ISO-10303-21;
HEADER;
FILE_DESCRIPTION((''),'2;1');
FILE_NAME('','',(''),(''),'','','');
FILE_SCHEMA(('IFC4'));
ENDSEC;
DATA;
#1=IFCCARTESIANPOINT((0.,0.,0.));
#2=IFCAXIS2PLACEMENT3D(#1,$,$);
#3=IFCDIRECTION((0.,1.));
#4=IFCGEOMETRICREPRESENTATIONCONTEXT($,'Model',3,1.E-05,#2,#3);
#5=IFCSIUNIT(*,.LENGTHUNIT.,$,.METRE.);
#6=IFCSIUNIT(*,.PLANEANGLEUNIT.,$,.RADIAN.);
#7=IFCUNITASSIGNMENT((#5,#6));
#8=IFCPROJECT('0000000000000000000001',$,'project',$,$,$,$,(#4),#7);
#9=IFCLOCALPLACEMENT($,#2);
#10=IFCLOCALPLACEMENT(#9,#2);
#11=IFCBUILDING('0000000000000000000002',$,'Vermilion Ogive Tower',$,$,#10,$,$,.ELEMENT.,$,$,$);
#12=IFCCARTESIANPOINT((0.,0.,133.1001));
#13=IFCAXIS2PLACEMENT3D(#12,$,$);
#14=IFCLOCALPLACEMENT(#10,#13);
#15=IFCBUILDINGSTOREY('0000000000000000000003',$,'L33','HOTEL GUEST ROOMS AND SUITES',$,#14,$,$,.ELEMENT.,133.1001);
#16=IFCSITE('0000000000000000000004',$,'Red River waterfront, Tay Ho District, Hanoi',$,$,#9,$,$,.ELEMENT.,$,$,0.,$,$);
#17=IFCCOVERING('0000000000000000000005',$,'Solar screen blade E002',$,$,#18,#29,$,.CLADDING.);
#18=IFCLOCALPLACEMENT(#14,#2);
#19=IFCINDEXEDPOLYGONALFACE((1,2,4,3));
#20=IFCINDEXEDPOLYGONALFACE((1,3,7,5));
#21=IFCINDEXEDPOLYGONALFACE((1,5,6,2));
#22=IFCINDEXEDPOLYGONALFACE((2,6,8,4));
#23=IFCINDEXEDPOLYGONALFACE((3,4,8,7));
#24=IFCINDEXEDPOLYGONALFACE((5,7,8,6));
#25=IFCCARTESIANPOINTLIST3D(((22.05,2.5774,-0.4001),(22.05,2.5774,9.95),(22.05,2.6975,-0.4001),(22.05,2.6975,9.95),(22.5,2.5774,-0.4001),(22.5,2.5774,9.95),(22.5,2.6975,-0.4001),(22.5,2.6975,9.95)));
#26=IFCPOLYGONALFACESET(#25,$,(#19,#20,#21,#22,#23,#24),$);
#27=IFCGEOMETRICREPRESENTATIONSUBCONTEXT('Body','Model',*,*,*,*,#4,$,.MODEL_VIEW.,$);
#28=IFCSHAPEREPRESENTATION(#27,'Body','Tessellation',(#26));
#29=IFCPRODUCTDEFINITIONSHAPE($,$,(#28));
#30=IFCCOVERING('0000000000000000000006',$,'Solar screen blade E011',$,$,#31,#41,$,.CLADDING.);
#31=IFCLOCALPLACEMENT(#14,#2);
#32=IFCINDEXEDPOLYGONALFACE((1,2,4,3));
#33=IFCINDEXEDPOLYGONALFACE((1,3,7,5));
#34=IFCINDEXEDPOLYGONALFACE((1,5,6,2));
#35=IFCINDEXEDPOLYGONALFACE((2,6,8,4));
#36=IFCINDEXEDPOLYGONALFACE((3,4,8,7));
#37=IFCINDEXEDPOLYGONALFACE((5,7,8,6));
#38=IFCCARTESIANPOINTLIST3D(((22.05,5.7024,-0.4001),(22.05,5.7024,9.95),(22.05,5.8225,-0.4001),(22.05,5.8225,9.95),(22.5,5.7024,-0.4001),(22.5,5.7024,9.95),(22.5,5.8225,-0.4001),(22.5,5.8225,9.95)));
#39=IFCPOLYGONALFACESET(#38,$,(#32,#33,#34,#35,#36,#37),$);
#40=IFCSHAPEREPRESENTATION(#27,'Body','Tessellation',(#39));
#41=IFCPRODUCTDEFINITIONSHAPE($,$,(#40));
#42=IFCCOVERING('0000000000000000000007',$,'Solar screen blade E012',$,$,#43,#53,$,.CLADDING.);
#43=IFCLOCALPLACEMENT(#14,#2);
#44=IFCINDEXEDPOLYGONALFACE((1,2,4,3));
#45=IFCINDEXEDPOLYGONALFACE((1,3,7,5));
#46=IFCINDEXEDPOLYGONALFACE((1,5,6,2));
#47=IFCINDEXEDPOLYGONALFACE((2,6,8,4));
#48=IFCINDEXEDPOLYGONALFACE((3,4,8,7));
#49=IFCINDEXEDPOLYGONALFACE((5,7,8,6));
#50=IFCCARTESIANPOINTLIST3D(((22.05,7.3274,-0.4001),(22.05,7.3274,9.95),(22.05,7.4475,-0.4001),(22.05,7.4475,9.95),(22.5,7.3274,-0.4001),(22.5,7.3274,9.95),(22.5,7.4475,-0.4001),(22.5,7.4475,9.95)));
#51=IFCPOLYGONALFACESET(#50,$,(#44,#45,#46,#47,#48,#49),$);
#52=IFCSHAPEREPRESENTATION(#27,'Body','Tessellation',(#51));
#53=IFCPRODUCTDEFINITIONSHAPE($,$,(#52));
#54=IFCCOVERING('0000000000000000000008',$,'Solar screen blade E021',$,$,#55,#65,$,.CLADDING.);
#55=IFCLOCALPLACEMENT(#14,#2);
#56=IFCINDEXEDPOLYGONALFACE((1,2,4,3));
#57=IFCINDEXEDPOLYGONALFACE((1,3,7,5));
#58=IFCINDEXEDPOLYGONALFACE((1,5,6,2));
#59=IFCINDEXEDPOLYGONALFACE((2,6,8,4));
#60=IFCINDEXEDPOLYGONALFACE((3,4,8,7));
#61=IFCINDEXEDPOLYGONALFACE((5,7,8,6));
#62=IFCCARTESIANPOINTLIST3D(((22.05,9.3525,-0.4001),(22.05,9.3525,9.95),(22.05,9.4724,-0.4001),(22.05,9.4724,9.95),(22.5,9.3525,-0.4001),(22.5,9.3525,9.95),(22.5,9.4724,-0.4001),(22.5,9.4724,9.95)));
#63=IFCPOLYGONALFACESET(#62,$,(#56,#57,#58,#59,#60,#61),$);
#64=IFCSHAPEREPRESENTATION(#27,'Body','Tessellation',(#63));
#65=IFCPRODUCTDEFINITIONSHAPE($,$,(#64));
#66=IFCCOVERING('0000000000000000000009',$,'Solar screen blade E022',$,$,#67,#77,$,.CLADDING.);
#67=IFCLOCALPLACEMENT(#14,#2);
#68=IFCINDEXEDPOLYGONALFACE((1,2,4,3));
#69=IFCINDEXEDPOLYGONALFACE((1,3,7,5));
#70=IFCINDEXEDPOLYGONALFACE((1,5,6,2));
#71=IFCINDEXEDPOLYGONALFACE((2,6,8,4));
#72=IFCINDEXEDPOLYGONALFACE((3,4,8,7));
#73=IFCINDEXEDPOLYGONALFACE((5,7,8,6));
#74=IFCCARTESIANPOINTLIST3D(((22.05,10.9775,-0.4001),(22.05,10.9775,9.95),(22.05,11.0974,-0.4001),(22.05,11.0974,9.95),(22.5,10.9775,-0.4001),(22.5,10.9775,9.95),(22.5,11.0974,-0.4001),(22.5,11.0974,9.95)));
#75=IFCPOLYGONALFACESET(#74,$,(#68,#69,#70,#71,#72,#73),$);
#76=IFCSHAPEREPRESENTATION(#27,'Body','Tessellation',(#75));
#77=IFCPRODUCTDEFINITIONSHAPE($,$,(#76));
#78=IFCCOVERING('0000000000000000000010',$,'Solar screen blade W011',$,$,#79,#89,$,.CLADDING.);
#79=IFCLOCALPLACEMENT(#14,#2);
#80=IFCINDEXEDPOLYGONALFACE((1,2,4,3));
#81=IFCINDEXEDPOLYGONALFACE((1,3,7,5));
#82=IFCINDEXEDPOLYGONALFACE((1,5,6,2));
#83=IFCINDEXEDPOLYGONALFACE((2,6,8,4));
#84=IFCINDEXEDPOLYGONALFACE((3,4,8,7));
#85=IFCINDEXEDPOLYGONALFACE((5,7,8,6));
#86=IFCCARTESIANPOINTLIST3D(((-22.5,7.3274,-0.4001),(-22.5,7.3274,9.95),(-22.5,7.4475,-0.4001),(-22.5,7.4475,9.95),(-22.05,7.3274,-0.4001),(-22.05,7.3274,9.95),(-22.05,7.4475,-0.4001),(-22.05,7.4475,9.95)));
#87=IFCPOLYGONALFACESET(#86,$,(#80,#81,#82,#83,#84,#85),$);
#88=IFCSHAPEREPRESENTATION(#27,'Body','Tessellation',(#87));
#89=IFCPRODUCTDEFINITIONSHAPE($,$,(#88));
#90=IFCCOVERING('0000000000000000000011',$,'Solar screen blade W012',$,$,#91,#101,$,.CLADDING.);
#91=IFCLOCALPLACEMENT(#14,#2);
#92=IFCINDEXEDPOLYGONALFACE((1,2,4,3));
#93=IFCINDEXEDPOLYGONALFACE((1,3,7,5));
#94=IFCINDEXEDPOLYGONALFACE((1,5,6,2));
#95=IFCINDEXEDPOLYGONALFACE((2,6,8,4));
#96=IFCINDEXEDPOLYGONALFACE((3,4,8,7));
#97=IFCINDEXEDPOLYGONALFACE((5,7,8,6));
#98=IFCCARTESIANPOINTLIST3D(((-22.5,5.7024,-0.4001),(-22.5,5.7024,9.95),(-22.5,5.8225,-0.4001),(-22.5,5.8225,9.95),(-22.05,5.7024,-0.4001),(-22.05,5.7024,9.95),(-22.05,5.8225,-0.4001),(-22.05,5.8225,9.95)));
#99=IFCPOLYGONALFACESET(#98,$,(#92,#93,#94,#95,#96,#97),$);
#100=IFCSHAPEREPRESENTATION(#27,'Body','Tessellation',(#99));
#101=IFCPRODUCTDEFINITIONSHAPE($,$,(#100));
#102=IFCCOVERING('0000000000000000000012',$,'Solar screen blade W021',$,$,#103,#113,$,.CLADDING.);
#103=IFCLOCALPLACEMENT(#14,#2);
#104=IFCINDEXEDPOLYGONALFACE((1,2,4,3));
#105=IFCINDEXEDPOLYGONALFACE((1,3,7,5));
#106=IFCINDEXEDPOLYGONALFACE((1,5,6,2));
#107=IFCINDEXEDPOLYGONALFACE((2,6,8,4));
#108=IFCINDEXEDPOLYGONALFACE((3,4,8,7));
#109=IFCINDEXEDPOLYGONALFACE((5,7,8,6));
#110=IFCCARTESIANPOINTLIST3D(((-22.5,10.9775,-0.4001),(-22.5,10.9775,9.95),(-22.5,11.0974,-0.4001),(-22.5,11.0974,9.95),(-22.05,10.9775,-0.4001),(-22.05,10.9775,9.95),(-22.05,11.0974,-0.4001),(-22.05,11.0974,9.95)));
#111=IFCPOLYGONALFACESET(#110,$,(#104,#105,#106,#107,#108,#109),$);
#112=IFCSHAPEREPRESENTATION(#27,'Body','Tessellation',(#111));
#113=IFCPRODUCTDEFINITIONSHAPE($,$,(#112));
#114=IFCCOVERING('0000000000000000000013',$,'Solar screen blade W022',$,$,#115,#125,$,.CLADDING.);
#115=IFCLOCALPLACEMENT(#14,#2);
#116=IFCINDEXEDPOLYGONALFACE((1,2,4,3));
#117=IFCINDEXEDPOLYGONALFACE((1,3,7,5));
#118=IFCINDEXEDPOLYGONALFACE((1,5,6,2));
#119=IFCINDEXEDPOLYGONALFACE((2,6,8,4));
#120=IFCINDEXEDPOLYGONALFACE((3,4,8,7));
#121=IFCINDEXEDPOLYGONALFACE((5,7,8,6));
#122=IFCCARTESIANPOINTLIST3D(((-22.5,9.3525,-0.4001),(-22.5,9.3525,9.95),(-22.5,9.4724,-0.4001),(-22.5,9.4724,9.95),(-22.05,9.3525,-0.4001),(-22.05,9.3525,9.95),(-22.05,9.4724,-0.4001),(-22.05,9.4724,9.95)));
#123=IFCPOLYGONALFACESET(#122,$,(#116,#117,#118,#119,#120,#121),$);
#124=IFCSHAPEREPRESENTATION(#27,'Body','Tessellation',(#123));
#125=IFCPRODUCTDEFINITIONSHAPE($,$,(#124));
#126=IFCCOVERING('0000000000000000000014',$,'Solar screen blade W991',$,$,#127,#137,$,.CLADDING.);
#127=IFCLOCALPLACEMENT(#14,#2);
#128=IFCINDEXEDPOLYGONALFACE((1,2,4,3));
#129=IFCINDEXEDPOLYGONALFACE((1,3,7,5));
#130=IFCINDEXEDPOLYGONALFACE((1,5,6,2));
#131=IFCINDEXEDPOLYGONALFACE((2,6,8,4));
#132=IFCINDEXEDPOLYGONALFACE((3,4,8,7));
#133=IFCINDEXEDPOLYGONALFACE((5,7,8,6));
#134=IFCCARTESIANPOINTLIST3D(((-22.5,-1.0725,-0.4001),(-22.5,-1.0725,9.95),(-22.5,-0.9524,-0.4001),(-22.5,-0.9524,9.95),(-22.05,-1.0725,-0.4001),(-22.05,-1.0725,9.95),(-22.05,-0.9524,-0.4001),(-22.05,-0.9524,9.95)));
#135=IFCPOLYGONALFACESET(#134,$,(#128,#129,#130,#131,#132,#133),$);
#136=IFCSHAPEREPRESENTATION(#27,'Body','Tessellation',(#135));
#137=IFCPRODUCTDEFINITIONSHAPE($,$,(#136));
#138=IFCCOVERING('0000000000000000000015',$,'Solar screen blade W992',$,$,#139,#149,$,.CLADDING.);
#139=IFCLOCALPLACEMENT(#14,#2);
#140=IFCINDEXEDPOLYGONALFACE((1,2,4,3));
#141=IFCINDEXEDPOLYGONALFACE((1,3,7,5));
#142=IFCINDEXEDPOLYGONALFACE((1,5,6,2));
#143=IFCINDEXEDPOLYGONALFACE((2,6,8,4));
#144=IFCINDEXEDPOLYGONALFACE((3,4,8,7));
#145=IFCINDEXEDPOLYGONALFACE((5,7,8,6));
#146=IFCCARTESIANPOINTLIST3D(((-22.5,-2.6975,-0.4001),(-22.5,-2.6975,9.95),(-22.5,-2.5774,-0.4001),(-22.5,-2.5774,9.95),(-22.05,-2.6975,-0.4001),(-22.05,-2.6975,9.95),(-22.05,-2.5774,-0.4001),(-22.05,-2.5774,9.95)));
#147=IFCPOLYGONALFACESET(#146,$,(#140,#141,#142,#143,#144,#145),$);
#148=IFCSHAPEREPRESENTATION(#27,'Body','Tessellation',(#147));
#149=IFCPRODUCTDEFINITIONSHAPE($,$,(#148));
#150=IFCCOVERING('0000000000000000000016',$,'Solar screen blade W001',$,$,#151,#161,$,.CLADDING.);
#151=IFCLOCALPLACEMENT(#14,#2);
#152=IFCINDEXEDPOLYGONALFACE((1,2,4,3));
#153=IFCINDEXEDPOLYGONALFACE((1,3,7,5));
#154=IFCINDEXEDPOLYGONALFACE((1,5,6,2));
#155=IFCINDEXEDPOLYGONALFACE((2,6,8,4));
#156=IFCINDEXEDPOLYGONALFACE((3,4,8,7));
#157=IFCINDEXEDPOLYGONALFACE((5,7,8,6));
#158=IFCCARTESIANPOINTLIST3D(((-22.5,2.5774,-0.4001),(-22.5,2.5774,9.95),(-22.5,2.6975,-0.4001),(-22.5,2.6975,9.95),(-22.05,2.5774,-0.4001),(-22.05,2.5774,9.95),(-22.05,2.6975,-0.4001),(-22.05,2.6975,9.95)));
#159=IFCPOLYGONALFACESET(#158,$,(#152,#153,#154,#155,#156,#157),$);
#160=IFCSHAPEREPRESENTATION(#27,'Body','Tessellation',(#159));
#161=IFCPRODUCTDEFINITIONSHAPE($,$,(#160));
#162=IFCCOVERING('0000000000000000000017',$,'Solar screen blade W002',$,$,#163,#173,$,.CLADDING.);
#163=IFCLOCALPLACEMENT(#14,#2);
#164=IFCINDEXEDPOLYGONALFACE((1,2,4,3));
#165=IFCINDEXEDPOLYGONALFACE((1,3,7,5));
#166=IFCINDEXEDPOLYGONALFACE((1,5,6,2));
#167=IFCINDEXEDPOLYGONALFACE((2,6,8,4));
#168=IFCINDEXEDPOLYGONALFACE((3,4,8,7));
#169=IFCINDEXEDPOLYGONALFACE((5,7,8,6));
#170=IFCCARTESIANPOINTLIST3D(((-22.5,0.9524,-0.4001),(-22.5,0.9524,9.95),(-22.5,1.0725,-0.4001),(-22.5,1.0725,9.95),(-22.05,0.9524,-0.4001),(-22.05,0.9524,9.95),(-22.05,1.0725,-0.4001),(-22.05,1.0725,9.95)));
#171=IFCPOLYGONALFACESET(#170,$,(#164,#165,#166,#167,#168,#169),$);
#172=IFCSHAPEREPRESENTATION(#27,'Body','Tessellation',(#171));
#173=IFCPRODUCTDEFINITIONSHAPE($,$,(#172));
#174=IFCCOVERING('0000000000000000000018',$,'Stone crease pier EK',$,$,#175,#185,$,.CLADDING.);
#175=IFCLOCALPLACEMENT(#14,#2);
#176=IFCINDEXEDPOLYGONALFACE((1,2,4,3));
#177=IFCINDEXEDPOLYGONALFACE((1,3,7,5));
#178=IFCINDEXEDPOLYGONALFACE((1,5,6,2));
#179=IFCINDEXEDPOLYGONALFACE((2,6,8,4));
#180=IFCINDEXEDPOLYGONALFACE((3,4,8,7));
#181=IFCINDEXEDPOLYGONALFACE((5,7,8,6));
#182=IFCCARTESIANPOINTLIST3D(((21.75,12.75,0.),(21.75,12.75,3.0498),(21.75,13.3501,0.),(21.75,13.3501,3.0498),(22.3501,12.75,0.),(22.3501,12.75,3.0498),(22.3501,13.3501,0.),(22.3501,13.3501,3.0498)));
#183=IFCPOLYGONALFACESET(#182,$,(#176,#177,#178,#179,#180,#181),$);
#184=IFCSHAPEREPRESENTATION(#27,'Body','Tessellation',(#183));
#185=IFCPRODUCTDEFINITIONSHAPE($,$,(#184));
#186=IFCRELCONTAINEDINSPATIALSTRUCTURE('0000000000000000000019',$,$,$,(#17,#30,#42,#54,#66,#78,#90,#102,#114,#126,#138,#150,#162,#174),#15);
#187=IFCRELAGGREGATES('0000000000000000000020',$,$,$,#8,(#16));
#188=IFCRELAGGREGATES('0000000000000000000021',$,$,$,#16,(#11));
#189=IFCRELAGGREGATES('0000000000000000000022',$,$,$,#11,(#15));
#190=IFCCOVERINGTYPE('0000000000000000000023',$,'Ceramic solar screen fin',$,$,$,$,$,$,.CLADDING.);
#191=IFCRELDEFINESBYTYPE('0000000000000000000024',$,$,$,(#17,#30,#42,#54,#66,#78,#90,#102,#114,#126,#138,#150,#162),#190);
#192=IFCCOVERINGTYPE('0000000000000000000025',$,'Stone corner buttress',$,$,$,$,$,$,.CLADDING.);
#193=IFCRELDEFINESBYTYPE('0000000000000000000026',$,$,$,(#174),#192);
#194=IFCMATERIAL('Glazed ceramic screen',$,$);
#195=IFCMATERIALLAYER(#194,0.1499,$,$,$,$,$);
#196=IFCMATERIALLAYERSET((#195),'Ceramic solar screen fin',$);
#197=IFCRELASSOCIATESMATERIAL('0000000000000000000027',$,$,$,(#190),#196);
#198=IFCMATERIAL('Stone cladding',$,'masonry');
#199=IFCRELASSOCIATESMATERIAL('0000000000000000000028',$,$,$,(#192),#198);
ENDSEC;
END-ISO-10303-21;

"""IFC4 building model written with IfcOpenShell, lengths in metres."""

from ifc_helpers import new_model, si_unit, direction, frame, origin, place, context, subcontext, project, spatial, polyline, outline, extrude, material, layer, layer_set, type_object, element, save


model = new_model("IFC4")

# Units and contexts
model_context = context("Model", 3, precision=1e-05, world=origin(), true_north=direction((0.0, 1.0)))
body_context = subcontext(model_context, "Body", "Model", "MODEL_VIEW")
ifc_project = project(units=[si_unit("LENGTHUNIT", "METRE"), si_unit("PLANEANGLEUNIT", "RADIAN")], contexts=[model_context])

# Site, building, storey
site_placement = place(None, origin())
site = spatial("IfcSite", under=ifc_project, at=site_placement, Name="Red River waterfront, Tay Ho District, Hanoi", CompositionType="ELEMENT", RefElevation=0.0)
building_placement = place(site_placement, origin())
building = spatial("IfcBuilding", under=site, at=building_placement, Name="Vermilion Ogive Tower", CompositionType="ELEMENT")
storey_placement = place(building_placement, frame((0.0, 0.0, 133.1001)))
storey = spatial("IfcBuildingStorey", under=building, at=storey_placement, Name="L33", Description="HOTEL GUEST ROOMS AND SUITES", CompositionType="ELEMENT", Elevation=133.1001)

# Coverings
ifc_material_1 = material(Name="Glazed ceramic screen")
ifc_layer_1 = layer(ifc_material_1, 0.1499)
ifc_layer_set_1 = layer_set([ifc_layer_1], Name="Ceramic solar screen fin")
covering_type_1 = type_object("IfcCoveringType", Name="Ceramic solar screen fin", PredefinedType="CLADDING", material=ifc_layer_set_1)
covering_1_placement = place(storey_placement, frame((0.0, 0.0, -0.4001)))
element("IfcCovering", 1, at=covering_1_placement, inside=storey, type_object=covering_type_1, Name="Solar screen blade E002", PredefinedType="CLADDING", context=body_context, shape_type="SweptSolid", body=[
    extrude(outline(polyline([(22.5, 2.5774), (22.5, 2.6975), (22.05, 2.6975), (22.05, 2.5774), (22.5, 2.5774)])), origin(), (0.0, 0.0, 1.0), 10.3501),
])
covering_2_placement = place(storey_placement, frame((0.0, 0.0, -0.4001)))
element("IfcCovering", 2, at=covering_2_placement, inside=storey, type_object=covering_type_1, Name="Solar screen blade E011", PredefinedType="CLADDING", context=body_context, shape_type="SweptSolid", body=[
    extrude(outline(polyline([(22.5, 5.7024), (22.5, 5.8225), (22.05, 5.8225), (22.05, 5.7024), (22.5, 5.7024)])), origin(), (0.0, 0.0, 1.0), 10.3501),
])
covering_3_placement = place(storey_placement, frame((0.0, 0.0, -0.4001)))
element("IfcCovering", 3, at=covering_3_placement, inside=storey, type_object=covering_type_1, Name="Solar screen blade E012", PredefinedType="CLADDING", context=body_context, shape_type="SweptSolid", body=[
    extrude(outline(polyline([(22.5, 7.3274), (22.5, 7.4475), (22.05, 7.4475), (22.05, 7.3274), (22.5, 7.3274)])), origin(), (0.0, 0.0, 1.0), 10.3501),
])
covering_4_placement = place(storey_placement, frame((0.0, 0.0, -0.4001)))
element("IfcCovering", 4, at=covering_4_placement, inside=storey, type_object=covering_type_1, Name="Solar screen blade E021", PredefinedType="CLADDING", context=body_context, shape_type="SweptSolid", body=[
    extrude(outline(polyline([(22.5, 9.3525), (22.5, 9.4724), (22.05, 9.4724), (22.05, 9.3525), (22.5, 9.3525)])), origin(), (0.0, 0.0, 1.0), 10.3501),
])
covering_5_placement = place(storey_placement, frame((0.0, 0.0, -0.4001)))
element("IfcCovering", 5, at=covering_5_placement, inside=storey, type_object=covering_type_1, Name="Solar screen blade E022", PredefinedType="CLADDING", context=body_context, shape_type="SweptSolid", body=[
    extrude(outline(polyline([(22.5, 10.9775), (22.5, 11.0974), (22.05, 11.0974), (22.05, 10.9775), (22.5, 10.9775)])), origin(), (0.0, 0.0, 1.0), 10.3501),
])
covering_6_placement = place(storey_placement, frame((0.0, 0.0, -0.4001)))
element("IfcCovering", 6, at=covering_6_placement, inside=storey, type_object=covering_type_1, Name="Solar screen blade W011", PredefinedType="CLADDING", context=body_context, shape_type="SweptSolid", body=[
    extrude(outline(polyline([(-22.5, 7.4475), (-22.5, 7.3274), (-22.05, 7.3274), (-22.05, 7.4475), (-22.5, 7.4475)])), origin(), (0.0, 0.0, 1.0), 10.3501),
])
covering_7_placement = place(storey_placement, frame((0.0, 0.0, -0.4001)))
element("IfcCovering", 7, at=covering_7_placement, inside=storey, type_object=covering_type_1, Name="Solar screen blade W012", PredefinedType="CLADDING", context=body_context, shape_type="SweptSolid", body=[
    extrude(outline(polyline([(-22.5, 5.8225), (-22.5, 5.7024), (-22.05, 5.7024), (-22.05, 5.8225), (-22.5, 5.8225)])), origin(), (0.0, 0.0, 1.0), 10.3501),
])
covering_8_placement = place(storey_placement, frame((0.0, 0.0, -0.4001)))
element("IfcCovering", 8, at=covering_8_placement, inside=storey, type_object=covering_type_1, Name="Solar screen blade W021", PredefinedType="CLADDING", context=body_context, shape_type="SweptSolid", body=[
    extrude(outline(polyline([(-22.5, 11.0974), (-22.5, 10.9775), (-22.05, 10.9775), (-22.05, 11.0974), (-22.5, 11.0974)])), origin(), (0.0, 0.0, 1.0), 10.3501),
])
covering_9_placement = place(storey_placement, frame((0.0, 0.0, -0.4001)))
element("IfcCovering", 9, at=covering_9_placement, inside=storey, type_object=covering_type_1, Name="Solar screen blade W022", PredefinedType="CLADDING", context=body_context, shape_type="SweptSolid", body=[
    extrude(outline(polyline([(-22.5, 9.4724), (-22.5, 9.3525), (-22.05, 9.3525), (-22.05, 9.4724), (-22.5, 9.4724)])), origin(), (0.0, 0.0, 1.0), 10.3501),
])
covering_10_placement = place(storey_placement, frame((0.0, 0.0, -0.4001)))
element("IfcCovering", 10, at=covering_10_placement, inside=storey, type_object=covering_type_1, Name="Solar screen blade W991", PredefinedType="CLADDING", context=body_context, shape_type="SweptSolid", body=[
    extrude(outline(polyline([(-22.5, -0.9524), (-22.5, -1.0725), (-22.05, -1.0725), (-22.05, -0.9524), (-22.5, -0.9524)])), origin(), (0.0, 0.0, 1.0), 10.3501),
])
covering_11_placement = place(storey_placement, frame((0.0, 0.0, -0.4001)))
element("IfcCovering", 11, at=covering_11_placement, inside=storey, type_object=covering_type_1, Name="Solar screen blade W992", PredefinedType="CLADDING", context=body_context, shape_type="SweptSolid", body=[
    extrude(outline(polyline([(-22.5, -2.5774), (-22.5, -2.6975), (-22.05, -2.6975), (-22.05, -2.5774), (-22.5, -2.5774)])), origin(), (0.0, 0.0, 1.0), 10.3501),
])
covering_12_placement = place(storey_placement, frame((0.0, 0.0, -0.4001)))
element("IfcCovering", 12, at=covering_12_placement, inside=storey, type_object=covering_type_1, Name="Solar screen blade W001", PredefinedType="CLADDING", context=body_context, shape_type="SweptSolid", body=[
    extrude(outline(polyline([(-22.5, 2.6975), (-22.5, 2.5774), (-22.05, 2.5774), (-22.05, 2.6975), (-22.5, 2.6975)])), origin(), (0.0, 0.0, 1.0), 10.3501),
])
covering_13_placement = place(storey_placement, frame((0.0, 0.0, -0.4001)))
element("IfcCovering", 13, at=covering_13_placement, inside=storey, type_object=covering_type_1, Name="Solar screen blade W002", PredefinedType="CLADDING", context=body_context, shape_type="SweptSolid", body=[
    extrude(outline(polyline([(-22.5, 1.0725), (-22.5, 0.9524), (-22.05, 0.9524), (-22.05, 1.0725), (-22.5, 1.0725)])), origin(), (0.0, 0.0, 1.0), 10.3501),
])
ifc_material_2 = material(Name="Stone cladding", Category="masonry")
covering_type_2 = type_object("IfcCoveringType", Name="Stone corner buttress", PredefinedType="CLADDING", material=ifc_material_2)
covering_14_placement = place(storey_placement, origin())
element("IfcCovering", 14, at=covering_14_placement, inside=storey, type_object=covering_type_2, Name="Stone crease pier EK", PredefinedType="CLADDING", context=body_context, shape_type="SweptSolid", body=[
    extrude(outline(polyline([(22.3501, 12.75), (22.3501, 13.3501), (21.75, 13.3501), (21.75, 12.75), (22.3501, 12.75)])), origin(), (0.0, 0.0, 1.0), 3.0498),
])

save(model, "model.ifc")
